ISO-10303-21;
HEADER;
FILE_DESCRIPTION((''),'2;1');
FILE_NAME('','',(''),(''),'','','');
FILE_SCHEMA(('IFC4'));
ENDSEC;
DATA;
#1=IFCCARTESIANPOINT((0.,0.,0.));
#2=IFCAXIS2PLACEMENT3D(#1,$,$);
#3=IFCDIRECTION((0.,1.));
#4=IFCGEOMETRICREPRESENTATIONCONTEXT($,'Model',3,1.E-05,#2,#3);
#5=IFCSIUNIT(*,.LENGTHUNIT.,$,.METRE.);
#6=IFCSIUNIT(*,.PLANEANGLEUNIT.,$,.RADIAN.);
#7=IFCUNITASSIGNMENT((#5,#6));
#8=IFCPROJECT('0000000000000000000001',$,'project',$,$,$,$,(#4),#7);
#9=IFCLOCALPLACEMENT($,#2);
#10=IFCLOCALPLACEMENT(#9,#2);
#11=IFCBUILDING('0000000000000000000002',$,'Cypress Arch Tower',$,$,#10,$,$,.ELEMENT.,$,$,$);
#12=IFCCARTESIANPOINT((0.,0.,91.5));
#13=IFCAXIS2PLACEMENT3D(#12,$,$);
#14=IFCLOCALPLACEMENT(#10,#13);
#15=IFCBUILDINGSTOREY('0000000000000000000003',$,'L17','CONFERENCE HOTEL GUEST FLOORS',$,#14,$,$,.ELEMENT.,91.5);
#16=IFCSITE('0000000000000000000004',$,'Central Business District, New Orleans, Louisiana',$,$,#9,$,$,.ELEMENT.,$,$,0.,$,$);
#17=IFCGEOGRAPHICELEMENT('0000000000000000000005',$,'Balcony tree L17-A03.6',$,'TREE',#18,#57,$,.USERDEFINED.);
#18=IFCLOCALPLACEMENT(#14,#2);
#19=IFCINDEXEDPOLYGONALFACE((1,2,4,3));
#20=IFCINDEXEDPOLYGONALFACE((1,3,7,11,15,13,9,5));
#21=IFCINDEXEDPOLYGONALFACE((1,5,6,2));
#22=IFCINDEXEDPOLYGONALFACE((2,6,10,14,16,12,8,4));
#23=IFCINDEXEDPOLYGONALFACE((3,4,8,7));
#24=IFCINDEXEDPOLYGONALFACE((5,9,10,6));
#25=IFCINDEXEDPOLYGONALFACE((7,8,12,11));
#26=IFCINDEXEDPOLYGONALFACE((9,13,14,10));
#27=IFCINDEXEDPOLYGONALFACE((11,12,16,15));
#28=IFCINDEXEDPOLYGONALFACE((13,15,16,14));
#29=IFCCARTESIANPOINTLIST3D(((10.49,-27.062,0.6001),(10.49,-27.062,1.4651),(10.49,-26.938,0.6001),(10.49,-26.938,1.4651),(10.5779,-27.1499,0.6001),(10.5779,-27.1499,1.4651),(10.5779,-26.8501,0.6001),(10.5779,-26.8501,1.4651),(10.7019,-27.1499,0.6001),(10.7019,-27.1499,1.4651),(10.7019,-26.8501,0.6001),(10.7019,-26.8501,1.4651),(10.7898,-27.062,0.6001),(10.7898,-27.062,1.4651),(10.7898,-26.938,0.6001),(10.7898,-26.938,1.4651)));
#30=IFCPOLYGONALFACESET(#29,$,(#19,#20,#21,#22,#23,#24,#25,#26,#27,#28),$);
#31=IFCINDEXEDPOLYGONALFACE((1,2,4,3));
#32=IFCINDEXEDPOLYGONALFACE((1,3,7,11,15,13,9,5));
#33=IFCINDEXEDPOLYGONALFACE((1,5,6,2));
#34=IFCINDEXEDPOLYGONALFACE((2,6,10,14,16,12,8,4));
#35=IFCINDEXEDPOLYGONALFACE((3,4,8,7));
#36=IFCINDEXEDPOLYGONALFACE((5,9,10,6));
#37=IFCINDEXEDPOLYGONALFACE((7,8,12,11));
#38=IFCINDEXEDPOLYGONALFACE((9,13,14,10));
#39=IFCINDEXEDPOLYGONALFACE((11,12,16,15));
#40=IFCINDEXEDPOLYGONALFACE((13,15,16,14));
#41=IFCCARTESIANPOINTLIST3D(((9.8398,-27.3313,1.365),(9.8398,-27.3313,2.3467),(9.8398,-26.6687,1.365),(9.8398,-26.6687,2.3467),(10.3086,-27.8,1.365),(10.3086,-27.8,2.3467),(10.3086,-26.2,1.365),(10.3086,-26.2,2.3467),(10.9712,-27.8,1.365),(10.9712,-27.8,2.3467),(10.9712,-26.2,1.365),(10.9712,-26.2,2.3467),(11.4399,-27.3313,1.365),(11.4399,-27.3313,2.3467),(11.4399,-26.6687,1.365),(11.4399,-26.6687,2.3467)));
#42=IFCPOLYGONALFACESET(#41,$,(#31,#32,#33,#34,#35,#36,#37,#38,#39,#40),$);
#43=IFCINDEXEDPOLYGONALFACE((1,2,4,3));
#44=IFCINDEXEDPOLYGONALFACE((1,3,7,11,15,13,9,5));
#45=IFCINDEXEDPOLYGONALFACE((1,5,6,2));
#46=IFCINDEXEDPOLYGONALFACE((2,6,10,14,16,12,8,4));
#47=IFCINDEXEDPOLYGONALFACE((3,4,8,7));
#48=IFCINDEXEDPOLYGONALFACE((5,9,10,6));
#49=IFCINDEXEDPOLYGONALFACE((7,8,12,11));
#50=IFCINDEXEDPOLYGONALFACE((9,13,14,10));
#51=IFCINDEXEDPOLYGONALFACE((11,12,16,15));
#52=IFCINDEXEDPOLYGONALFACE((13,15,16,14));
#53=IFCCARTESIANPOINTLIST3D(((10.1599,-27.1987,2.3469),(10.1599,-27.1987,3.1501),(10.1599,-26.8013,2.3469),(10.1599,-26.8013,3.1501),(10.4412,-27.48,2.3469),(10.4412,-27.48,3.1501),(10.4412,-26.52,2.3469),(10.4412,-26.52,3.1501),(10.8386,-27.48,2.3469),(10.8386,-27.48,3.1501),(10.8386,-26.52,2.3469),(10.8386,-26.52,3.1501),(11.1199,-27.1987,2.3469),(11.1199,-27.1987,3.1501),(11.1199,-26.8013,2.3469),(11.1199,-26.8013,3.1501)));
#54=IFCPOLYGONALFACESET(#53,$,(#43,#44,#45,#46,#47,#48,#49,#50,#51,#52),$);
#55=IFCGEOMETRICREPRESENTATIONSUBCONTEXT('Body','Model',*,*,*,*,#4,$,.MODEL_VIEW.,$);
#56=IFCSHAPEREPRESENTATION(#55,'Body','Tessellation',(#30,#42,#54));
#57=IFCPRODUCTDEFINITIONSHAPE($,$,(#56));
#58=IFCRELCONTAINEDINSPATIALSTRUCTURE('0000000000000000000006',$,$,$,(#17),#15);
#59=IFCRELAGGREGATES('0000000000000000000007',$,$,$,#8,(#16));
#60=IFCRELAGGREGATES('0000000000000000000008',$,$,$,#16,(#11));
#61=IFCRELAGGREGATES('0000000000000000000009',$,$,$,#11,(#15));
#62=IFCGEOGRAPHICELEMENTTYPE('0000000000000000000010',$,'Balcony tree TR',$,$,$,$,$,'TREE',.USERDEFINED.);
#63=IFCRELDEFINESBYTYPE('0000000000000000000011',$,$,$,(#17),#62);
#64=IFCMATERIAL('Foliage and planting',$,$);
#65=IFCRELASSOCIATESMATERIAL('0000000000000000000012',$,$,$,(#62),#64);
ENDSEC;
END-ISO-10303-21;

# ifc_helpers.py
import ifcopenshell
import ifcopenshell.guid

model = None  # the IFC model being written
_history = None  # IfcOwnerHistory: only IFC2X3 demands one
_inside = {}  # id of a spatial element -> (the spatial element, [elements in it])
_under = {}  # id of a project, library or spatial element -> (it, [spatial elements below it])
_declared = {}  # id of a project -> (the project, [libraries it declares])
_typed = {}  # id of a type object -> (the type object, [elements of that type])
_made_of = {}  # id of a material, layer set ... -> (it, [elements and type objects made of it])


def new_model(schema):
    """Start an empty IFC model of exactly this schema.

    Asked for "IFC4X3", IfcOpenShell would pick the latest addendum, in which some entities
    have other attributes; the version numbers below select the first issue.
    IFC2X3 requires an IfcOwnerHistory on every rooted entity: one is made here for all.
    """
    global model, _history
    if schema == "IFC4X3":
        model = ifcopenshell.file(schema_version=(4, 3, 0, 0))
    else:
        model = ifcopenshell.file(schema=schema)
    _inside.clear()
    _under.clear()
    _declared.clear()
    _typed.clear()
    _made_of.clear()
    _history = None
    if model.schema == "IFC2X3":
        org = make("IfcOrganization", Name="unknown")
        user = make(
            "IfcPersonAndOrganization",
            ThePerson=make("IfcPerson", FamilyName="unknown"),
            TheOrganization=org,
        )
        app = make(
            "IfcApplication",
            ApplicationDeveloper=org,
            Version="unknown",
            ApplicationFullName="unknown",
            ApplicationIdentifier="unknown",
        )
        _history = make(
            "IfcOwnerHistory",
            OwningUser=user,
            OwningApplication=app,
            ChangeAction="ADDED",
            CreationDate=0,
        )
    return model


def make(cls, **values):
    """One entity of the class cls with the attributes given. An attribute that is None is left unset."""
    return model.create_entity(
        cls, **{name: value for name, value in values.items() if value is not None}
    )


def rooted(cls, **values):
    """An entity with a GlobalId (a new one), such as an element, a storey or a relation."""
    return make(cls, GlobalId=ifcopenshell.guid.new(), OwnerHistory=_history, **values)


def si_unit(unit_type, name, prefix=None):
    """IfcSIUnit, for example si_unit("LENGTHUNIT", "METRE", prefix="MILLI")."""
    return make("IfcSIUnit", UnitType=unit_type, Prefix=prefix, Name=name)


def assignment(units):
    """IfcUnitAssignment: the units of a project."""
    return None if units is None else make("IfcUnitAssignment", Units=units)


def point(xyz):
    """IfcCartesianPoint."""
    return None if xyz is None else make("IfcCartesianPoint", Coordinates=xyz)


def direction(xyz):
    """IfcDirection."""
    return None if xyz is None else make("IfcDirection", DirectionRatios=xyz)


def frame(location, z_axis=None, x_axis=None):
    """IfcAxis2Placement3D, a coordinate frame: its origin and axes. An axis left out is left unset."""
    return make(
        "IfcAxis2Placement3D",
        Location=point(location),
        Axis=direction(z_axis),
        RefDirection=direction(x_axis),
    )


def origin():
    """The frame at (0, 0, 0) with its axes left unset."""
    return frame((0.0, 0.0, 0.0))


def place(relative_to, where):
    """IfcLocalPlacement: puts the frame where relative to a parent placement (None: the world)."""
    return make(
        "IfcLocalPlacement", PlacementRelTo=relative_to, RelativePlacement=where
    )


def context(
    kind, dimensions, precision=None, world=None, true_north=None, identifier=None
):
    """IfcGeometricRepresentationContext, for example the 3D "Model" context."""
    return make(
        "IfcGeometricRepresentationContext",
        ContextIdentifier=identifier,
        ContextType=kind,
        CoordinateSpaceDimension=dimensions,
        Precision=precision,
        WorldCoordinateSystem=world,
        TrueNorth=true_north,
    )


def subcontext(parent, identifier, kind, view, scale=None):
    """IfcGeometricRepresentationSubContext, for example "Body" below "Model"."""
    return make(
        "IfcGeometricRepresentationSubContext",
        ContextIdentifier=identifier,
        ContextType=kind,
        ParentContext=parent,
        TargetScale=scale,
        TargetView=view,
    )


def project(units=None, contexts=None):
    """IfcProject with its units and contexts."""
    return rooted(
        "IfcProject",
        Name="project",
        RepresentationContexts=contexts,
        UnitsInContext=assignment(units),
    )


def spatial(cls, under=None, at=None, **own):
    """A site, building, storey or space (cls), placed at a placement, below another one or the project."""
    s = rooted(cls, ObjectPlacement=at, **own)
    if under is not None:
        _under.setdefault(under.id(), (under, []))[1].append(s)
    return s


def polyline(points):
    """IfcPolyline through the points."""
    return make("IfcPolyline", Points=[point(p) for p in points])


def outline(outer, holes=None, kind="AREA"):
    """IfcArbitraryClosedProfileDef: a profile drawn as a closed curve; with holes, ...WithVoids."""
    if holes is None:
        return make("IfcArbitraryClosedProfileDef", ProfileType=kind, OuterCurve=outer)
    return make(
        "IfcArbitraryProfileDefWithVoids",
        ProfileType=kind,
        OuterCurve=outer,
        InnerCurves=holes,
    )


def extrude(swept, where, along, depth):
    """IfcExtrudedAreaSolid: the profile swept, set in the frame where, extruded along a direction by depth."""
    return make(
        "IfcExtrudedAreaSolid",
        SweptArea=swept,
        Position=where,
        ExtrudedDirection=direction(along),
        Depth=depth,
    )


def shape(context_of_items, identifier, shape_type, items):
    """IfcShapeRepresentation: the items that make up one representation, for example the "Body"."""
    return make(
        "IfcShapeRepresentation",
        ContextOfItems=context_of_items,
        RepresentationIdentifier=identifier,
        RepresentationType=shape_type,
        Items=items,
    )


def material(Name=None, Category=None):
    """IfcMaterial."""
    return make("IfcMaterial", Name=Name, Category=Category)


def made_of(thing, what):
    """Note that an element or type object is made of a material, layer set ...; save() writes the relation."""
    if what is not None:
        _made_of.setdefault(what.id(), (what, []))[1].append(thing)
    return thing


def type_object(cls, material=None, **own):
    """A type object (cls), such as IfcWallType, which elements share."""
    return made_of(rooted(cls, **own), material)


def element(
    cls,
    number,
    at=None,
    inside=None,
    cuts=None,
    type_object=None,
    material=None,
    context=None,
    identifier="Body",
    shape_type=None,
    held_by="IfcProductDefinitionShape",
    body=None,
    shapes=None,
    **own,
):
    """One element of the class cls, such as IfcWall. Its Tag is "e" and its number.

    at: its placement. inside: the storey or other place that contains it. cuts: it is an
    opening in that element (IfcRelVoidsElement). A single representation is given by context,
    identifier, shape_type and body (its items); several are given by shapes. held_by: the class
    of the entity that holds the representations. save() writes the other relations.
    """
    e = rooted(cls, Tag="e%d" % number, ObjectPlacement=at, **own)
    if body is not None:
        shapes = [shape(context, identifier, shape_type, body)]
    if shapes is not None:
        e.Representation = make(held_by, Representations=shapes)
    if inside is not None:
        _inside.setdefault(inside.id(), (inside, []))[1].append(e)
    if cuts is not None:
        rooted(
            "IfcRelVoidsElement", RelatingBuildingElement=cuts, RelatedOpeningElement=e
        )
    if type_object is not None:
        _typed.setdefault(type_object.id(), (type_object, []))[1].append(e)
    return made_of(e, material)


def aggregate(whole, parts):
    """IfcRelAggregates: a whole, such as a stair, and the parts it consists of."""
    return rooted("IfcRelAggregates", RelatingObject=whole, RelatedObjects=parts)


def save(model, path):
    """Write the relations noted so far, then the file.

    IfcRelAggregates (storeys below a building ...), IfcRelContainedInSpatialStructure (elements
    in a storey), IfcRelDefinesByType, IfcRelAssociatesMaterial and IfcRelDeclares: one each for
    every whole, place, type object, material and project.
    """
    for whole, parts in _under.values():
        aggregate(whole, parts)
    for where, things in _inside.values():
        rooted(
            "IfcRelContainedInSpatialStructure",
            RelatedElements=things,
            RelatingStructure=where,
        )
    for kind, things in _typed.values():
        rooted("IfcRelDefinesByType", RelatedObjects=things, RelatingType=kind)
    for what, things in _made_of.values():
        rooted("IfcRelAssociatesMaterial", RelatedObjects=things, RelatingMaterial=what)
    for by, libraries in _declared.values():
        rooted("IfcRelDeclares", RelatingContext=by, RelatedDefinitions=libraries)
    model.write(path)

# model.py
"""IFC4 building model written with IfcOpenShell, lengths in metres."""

from ifc_helpers import new_model, si_unit, direction, frame, origin, place, context, subcontext, project, spatial, polyline, outline, extrude, material, type_object, element, save


model = new_model("IFC4")

# Units and contexts
model_context = context("Model", 3, precision=1e-05, world=origin(), true_north=direction((0.0, 1.0)))
body_context = subcontext(model_context, "Body", "Model", "MODEL_VIEW")
ifc_project = project(units=[si_unit("LENGTHUNIT", "METRE"), si_unit("PLANEANGLEUNIT", "RADIAN")], contexts=[model_context])

# Site, building, storey
site_placement = place(None, origin())
site = spatial("IfcSite", under=ifc_project, at=site_placement, Name="Central Business District, New Orleans, Louisiana", CompositionType="ELEMENT", RefElevation=0.0)
building_placement = place(site_placement, origin())
building = spatial("IfcBuilding", under=site, at=building_placement, Name="Cypress Arch Tower", CompositionType="ELEMENT")
storey_placement = place(building_placement, frame((0.0, 0.0, 91.5)))
storey = spatial("IfcBuildingStorey", under=building, at=storey_placement, Name="L17", Description="CONFERENCE HOTEL GUEST FLOORS", CompositionType="ELEMENT", Elevation=91.5)

# Geographic element
ifc_material_1 = material(Name="Foliage and planting")
geographic_element_type = type_object("IfcGeographicElementType", Name="Balcony tree TR", ElementType="TREE", PredefinedType="USERDEFINED", material=ifc_material_1)
geographic_element_placement = place(storey_placement, frame((10.6399, -27.0, 0.6001), z_axis=(0.0, 0.0, 1.0), x_axis=(1.0, 0.0, 0.0)))
element("IfcGeographicElement", 1, at=geographic_element_placement, inside=storey, type_object=geographic_element_type, Name="Balcony tree L17-A03.6", ObjectType="TREE", PredefinedType="USERDEFINED", context=body_context, shape_type="SweptSolid", body=[
    extrude(outline(polyline([(0.1499, 0.062), (0.062, 0.1499), (-0.062, 0.1499), (-0.1499, 0.062), (-0.1499, -0.062), (-0.062, -0.1499), (0.062, -0.1499), (0.1499, -0.062), (0.1499, 0.062)])), origin(), (0.0, 0.0, 1.0), 0.865),
    extrude(outline(polyline([(0.8, 0.3313), (0.3313, 0.8), (-0.3313, 0.8), (-0.8, 0.3313), (-0.8, -0.3313), (-0.3313, -0.8), (0.3313, -0.8), (0.8, -0.3313), (0.8, 0.3313)])), frame((0.0, 0.0, 0.7649)), (0.0, 0.0, 1.0), 0.9817),
    extrude(outline(polyline([(0.48, 0.1987), (0.1987, 0.48), (-0.1987, 0.48), (-0.48, 0.1987), (-0.48, -0.1987), (-0.1987, -0.48), (0.1987, -0.48), (0.48, -0.1987), (0.48, 0.1987)])), frame((0.0, 0.0, 1.7468)), (0.0, 0.0, 1.0), 0.8032),
])

save(model, "model.ifc")
